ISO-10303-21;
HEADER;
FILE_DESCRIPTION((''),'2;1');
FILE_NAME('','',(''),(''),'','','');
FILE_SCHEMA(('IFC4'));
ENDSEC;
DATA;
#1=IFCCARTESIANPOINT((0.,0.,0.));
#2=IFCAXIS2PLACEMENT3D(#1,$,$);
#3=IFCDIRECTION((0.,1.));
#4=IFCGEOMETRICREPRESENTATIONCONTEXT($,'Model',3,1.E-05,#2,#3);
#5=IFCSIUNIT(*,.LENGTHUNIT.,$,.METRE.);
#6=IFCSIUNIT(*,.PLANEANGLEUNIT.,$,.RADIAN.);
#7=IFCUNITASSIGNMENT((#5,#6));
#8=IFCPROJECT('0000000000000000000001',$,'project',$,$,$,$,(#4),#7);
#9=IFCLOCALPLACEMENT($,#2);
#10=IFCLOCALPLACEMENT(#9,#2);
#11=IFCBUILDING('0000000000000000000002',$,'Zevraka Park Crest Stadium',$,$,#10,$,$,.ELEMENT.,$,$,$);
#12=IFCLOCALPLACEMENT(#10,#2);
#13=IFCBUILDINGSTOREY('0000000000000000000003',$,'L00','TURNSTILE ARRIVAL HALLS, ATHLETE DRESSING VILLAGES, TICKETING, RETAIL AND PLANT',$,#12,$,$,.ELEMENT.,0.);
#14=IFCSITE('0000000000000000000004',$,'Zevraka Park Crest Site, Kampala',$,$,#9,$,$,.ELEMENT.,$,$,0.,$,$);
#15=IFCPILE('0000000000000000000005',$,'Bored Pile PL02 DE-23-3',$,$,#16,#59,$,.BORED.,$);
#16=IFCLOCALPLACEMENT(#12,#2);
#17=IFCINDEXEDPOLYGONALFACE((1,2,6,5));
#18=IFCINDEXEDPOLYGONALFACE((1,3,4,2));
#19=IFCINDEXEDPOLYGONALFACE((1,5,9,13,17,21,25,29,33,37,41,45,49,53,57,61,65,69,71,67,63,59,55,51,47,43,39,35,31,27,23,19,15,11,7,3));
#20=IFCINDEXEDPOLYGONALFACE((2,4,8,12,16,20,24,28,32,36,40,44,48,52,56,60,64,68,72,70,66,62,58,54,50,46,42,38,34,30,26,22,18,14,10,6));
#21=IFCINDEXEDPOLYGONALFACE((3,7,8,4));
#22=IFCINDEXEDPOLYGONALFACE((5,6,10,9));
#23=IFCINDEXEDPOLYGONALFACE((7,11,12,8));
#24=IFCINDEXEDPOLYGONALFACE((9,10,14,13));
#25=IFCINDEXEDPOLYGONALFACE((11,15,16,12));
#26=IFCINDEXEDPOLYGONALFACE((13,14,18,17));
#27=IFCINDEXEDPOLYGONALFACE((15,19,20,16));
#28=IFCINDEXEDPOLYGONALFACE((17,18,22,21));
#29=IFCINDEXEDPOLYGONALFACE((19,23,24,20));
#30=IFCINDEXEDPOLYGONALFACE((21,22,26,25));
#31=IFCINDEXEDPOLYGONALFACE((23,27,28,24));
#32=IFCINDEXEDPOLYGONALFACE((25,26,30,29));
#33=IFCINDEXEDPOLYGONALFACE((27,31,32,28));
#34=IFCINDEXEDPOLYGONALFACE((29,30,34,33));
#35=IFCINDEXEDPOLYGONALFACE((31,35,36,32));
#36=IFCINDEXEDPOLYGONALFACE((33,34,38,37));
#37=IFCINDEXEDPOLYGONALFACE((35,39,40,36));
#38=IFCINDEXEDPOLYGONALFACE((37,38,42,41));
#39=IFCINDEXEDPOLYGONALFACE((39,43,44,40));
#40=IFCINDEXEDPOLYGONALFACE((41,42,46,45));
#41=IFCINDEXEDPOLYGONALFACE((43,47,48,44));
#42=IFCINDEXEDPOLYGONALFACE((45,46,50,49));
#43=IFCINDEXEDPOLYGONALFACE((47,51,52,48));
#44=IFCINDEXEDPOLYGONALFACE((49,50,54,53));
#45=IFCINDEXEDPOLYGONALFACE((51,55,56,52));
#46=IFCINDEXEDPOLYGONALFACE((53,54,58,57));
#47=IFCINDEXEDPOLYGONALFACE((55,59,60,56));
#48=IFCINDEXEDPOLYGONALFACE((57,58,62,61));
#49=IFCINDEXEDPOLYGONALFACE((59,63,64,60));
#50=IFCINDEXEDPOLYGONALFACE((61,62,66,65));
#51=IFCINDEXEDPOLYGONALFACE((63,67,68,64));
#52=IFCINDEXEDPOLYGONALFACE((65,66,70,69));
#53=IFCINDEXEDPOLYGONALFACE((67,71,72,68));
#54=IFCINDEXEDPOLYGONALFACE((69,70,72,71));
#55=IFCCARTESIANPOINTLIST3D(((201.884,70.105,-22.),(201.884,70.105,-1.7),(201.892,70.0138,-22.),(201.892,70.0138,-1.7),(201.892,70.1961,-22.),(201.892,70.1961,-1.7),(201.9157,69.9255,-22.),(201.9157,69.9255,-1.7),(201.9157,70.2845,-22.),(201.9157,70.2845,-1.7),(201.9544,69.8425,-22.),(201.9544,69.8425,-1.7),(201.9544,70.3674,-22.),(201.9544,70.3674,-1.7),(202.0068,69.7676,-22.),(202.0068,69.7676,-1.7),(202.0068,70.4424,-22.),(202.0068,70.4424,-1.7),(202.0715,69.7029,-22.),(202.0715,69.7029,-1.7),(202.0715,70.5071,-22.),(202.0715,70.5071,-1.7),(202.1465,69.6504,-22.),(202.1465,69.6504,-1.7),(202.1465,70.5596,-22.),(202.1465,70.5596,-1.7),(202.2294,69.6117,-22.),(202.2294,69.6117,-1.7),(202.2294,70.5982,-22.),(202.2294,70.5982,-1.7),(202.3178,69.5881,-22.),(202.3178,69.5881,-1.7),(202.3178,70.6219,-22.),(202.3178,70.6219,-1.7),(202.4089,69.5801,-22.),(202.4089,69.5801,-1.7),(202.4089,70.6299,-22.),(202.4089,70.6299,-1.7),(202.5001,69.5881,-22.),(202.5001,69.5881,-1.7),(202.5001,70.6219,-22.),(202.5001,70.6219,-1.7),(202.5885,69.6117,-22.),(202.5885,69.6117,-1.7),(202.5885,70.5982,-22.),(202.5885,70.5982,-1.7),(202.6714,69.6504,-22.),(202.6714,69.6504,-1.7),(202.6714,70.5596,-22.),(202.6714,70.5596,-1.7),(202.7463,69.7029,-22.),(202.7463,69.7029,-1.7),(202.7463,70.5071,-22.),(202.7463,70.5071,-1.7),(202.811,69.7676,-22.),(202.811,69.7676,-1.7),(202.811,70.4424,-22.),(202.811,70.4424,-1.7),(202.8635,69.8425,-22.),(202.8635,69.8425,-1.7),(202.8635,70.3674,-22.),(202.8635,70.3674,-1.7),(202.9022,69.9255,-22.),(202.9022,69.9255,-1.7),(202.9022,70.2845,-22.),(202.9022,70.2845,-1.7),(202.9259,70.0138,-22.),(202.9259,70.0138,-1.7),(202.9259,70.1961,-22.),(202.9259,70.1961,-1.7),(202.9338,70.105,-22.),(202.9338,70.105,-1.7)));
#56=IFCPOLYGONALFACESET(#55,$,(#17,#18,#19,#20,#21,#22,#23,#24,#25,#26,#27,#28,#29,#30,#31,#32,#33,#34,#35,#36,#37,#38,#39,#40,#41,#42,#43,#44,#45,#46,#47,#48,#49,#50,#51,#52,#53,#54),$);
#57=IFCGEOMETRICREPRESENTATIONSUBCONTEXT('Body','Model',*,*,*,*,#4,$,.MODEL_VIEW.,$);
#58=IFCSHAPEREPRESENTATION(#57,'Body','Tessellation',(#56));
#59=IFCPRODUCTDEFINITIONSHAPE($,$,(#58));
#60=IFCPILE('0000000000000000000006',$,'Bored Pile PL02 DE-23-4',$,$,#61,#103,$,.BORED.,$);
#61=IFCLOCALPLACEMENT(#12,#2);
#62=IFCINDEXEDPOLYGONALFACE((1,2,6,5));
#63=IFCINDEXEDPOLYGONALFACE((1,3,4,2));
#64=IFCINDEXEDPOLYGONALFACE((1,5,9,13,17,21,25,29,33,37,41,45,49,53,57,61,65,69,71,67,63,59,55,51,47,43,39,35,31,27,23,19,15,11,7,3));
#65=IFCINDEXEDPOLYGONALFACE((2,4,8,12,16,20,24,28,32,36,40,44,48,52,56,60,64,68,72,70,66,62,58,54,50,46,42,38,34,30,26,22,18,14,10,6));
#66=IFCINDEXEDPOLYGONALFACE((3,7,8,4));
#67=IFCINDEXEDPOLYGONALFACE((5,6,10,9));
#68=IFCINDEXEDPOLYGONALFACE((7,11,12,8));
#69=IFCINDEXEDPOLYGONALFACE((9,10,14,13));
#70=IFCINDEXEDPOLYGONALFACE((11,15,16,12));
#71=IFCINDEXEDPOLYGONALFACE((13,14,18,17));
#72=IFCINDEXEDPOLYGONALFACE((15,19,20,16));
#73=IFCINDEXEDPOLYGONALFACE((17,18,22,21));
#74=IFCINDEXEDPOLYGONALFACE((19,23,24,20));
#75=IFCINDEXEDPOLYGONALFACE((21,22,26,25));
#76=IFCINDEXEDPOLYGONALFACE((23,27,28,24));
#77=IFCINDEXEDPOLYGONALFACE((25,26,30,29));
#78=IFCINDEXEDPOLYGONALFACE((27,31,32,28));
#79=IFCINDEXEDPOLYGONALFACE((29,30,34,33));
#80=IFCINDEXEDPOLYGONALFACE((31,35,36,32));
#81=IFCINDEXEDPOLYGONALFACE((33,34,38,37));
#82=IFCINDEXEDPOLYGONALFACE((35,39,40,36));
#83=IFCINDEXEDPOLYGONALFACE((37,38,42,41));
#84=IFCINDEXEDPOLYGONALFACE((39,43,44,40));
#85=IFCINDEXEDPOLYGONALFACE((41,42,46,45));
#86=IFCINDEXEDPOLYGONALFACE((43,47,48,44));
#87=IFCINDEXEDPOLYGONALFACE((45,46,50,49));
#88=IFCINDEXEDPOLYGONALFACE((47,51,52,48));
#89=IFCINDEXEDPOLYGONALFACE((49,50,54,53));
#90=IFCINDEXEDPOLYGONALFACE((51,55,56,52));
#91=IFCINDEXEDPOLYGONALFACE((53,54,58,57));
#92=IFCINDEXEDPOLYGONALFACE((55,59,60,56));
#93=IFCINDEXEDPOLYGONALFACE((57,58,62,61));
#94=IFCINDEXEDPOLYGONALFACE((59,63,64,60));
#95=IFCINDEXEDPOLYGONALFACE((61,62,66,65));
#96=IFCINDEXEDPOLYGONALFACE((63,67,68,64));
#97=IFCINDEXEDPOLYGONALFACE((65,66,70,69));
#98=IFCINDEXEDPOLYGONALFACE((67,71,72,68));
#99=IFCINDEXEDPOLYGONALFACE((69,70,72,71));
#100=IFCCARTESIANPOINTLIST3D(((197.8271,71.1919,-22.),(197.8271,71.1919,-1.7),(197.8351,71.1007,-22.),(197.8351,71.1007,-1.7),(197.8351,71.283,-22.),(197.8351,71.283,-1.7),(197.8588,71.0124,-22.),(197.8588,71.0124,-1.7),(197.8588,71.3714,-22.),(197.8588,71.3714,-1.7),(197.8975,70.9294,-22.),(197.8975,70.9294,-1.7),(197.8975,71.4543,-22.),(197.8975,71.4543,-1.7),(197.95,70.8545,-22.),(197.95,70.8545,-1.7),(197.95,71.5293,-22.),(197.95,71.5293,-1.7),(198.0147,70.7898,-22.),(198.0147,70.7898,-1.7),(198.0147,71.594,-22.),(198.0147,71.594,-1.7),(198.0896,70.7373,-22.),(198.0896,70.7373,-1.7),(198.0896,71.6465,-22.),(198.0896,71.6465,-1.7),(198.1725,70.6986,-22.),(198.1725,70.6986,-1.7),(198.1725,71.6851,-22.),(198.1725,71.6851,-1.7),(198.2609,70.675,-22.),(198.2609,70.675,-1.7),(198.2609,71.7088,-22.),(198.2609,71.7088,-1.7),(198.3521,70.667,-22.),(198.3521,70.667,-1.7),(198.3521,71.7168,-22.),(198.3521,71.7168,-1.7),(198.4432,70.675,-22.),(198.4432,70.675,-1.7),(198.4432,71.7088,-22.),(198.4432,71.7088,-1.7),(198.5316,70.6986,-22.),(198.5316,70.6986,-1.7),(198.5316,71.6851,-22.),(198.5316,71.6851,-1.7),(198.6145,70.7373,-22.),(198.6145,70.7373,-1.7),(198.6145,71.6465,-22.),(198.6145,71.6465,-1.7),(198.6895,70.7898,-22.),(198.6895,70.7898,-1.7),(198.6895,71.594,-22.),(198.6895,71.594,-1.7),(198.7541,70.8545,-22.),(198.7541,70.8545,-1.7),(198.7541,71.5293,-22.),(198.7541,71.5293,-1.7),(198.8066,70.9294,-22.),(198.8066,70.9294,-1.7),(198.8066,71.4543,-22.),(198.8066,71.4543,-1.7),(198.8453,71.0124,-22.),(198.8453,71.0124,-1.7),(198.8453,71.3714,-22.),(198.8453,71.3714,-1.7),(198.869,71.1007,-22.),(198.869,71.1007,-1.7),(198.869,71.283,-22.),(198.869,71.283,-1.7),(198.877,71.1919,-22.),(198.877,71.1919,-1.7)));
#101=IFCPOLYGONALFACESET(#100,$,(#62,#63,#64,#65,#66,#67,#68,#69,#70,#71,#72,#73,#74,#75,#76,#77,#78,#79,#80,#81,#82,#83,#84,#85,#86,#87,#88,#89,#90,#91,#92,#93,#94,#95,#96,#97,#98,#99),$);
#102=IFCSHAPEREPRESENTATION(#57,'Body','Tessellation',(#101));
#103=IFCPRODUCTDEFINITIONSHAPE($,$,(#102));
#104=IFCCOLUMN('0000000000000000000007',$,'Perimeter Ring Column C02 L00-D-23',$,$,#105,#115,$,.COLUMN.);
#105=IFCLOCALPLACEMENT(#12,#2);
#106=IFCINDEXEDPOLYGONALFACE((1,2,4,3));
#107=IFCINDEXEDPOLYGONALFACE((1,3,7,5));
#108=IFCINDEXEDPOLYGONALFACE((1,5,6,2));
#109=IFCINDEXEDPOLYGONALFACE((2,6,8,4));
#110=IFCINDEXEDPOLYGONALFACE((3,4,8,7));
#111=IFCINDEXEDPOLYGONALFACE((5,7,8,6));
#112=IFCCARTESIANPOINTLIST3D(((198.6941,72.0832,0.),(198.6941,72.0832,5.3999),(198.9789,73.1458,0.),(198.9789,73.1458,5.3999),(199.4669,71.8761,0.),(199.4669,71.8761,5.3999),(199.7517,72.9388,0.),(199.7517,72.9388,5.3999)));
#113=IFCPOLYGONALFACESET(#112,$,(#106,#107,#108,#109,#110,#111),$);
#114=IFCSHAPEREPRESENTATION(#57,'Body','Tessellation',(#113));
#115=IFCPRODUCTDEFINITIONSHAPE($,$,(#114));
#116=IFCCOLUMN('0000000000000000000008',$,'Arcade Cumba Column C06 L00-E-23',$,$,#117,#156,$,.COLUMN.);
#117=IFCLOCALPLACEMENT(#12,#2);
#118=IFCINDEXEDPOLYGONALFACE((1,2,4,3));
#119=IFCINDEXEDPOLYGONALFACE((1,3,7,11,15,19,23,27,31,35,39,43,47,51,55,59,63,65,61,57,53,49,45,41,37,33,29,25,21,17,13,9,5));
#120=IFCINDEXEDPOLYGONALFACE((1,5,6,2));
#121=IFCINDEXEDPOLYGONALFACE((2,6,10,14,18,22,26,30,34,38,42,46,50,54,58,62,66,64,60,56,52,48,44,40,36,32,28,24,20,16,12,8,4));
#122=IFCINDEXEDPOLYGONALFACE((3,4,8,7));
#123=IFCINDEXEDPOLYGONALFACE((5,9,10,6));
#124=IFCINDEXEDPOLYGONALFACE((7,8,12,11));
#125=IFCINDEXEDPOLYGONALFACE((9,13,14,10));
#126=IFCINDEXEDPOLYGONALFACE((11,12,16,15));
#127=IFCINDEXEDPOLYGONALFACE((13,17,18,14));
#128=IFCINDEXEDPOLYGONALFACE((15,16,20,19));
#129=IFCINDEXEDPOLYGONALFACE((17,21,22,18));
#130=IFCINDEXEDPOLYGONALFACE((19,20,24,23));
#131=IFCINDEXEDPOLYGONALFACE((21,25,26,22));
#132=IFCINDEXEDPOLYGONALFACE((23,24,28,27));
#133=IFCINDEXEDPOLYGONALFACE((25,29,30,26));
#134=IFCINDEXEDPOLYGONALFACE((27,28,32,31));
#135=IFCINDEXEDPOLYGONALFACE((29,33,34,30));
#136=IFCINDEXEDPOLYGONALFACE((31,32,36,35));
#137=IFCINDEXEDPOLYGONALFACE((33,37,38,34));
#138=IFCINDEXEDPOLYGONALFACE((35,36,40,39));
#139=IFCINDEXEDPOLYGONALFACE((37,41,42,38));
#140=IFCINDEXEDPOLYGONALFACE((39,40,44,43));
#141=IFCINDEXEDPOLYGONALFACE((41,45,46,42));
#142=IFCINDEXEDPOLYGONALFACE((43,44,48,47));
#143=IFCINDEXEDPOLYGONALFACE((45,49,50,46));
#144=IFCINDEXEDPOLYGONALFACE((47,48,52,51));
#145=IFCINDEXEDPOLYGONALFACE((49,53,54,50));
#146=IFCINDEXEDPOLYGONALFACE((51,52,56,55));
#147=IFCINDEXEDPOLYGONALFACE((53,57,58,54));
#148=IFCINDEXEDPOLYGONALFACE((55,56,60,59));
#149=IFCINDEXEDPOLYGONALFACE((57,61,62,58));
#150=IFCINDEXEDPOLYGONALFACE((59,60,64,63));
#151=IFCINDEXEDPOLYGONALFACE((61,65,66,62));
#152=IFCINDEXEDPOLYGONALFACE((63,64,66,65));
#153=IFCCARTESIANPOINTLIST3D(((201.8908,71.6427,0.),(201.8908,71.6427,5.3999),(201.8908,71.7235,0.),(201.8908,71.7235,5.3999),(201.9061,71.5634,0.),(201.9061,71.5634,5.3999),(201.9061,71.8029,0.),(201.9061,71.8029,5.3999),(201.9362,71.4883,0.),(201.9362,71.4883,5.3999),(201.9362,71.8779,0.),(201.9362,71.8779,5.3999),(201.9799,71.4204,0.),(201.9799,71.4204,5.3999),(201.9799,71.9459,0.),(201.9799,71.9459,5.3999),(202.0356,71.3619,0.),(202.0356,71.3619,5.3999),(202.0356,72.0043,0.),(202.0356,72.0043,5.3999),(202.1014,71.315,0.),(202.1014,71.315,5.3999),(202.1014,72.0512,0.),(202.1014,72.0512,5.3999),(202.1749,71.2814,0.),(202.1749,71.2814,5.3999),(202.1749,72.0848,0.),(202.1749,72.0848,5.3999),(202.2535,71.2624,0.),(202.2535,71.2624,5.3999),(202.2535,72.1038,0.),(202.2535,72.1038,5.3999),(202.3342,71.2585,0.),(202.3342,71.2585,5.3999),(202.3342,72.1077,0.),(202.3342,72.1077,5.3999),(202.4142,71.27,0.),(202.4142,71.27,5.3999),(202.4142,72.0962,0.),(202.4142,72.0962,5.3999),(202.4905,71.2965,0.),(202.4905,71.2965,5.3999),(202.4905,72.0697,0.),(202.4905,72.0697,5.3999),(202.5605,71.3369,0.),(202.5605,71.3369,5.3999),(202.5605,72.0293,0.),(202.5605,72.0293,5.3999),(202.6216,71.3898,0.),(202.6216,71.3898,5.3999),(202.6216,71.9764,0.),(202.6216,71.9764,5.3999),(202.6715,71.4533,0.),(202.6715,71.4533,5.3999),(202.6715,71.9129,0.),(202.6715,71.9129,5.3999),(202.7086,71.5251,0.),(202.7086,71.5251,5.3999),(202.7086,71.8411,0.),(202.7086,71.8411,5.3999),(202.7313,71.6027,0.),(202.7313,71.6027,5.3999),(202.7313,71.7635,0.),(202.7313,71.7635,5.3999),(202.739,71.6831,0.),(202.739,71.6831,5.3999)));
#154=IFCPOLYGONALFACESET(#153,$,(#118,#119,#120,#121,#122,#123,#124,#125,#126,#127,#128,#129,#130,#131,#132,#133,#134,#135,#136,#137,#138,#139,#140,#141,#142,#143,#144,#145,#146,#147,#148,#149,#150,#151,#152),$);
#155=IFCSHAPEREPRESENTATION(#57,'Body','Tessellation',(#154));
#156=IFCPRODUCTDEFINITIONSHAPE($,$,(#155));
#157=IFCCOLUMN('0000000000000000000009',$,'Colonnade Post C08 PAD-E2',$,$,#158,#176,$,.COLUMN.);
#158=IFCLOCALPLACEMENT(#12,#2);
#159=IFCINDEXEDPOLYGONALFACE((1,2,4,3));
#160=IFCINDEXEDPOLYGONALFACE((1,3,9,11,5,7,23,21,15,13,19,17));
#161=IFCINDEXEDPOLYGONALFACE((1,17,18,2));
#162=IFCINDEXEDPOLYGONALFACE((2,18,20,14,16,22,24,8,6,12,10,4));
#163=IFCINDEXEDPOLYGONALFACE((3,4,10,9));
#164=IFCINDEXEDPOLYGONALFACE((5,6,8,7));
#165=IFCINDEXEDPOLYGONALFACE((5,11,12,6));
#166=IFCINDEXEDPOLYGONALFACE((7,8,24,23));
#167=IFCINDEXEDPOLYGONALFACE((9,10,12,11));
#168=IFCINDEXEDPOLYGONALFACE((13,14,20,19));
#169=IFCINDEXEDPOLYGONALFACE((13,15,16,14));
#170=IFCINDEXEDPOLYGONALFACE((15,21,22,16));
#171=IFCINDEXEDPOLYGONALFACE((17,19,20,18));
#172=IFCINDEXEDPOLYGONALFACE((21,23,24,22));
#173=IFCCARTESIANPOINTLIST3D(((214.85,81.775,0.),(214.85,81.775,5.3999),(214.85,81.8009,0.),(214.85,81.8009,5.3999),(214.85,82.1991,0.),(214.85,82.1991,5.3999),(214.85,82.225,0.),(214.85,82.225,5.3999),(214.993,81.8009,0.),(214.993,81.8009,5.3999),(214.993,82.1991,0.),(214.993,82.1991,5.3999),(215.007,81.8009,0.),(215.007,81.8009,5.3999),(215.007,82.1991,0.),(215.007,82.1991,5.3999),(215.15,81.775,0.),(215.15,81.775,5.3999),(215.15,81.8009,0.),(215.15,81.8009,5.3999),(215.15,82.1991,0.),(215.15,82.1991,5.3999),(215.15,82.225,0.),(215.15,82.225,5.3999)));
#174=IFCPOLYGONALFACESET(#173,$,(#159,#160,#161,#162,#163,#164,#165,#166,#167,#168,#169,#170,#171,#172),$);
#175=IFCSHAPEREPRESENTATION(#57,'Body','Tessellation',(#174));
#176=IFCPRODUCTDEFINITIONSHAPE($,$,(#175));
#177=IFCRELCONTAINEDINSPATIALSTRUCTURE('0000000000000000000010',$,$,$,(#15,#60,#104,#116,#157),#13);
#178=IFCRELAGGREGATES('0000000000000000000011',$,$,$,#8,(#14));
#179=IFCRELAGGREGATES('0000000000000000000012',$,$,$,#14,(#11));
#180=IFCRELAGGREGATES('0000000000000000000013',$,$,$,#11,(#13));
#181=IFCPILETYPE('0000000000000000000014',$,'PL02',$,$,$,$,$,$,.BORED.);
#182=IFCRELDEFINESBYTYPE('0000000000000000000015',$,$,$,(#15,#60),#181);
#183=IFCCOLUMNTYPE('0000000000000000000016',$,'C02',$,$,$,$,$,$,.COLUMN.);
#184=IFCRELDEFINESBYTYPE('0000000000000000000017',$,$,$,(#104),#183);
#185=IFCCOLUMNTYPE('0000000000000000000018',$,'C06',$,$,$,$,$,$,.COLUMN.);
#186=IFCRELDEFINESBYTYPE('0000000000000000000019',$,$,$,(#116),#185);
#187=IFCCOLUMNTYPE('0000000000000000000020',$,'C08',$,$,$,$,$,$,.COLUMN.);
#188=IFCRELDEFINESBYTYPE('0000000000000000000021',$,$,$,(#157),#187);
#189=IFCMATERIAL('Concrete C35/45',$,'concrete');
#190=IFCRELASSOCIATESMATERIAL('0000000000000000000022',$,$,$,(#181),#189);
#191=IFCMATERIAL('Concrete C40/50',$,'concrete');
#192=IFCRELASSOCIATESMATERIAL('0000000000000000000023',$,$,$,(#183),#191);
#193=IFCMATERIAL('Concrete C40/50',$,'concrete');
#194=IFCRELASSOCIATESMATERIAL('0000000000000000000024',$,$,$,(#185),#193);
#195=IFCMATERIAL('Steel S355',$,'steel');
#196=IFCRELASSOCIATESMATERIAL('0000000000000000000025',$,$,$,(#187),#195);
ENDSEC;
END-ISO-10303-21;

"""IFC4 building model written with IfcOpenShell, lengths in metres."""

from ifc_helpers import new_model, si_unit, direction, frame, origin, origin_2d, place, context, subcontext, project, spatial, rectangle, circle, i_section, extrude, material, material_profile, profile_set, type_object, element, save


model = new_model("IFC4")

# Units and contexts
model_context = context("Model", 3, precision=1e-05, world=origin(), true_north=direction((0.0, 1.0)))
body_context = subcontext(model_context, "Body", "Model", "MODEL_VIEW")
ifc_project = project(units=[si_unit("LENGTHUNIT", "METRE"), si_unit("PLANEANGLEUNIT", "RADIAN")], contexts=[model_context])

# Site, building, storey
site_placement = place(None, origin())
site = spatial("IfcSite", under=ifc_project, at=site_placement, Name="Zevraka Park Crest Site, Kampala", CompositionType="ELEMENT", RefElevation=0.0)
building_placement = place(site_placement, origin())
building = spatial("IfcBuilding", under=site, at=building_placement, Name="Zevraka Park Crest Stadium", CompositionType="ELEMENT")
storey_placement = place(building_placement, origin())
storey = spatial("IfcBuildingStorey", under=building, at=storey_placement, Name="L00", Description="TURNSTILE ARRIVAL HALLS, ATHLETE DRESSING VILLAGES, TICKETING, RETAIL AND PLANT", CompositionType="ELEMENT", Elevation=0.0)

# Piles
ifc_material_1 = material(Name="Concrete C35/45", Category="concrete")
ifc_material_profile_1 = material_profile(ifc_material_1, circle(Radius=0.5249, at=origin_2d()), Name="PILE D1050")
ifc_profile_set_1 = profile_set([ifc_material_profile_1], Name="Concrete C35/45")
pile_type = type_object("IfcPileType", Name="PL02", PredefinedType="BORED", material=ifc_profile_set_1)
for number, where, z_axis, x_axis, name in (
    (1, (202.4089, 70.105, -1.7), (0.0, 0.0, -1.0), (1.0, 0.0, 0.0), "Bored Pile PL02 DE-23-3"),
    (2, (198.3521, 71.1919, -1.7), (0.0, 0.0, -1.0), (1.0, 0.0, 0.0), "Bored Pile PL02 DE-23-4"),
):
    element("IfcPile", number, at=place(storey_placement, frame(where, z_axis=z_axis, x_axis=x_axis)), inside=storey, type_object=pile_type, Name=name, PredefinedType="BORED", context=body_context, shape_type="SweptSolid", body=[
        extrude(circle(Radius=0.5249, at=origin_2d()), origin(), (0.0, 0.0, 1.0), 20.3),
    ])

# Columns
ifc_material_2 = material(Name="Concrete C40/50", Category="concrete")
ifc_material_profile_2 = material_profile(ifc_material_2, rectangle(XDim=0.8, YDim=1.1001, at=origin_2d()), Name="RC 1100x800")
ifc_profile_set_2 = profile_set([ifc_material_profile_2], Name="Concrete C40/50")
column_type_1 = type_object("IfcColumnType", Name="C02", PredefinedType="COLUMN", material=ifc_profile_set_2)
column_1_placement = place(storey_placement, frame((199.2229, 72.511, 0.0), z_axis=(0.0, 0.0, 1.0), x_axis=(-0.965926, 0.258819, 0.0)))
element("IfcColumn", 3, at=column_1_placement, inside=storey, type_object=column_type_1, Name="Perimeter Ring Column C02 L00-D-23", PredefinedType="COLUMN", context=body_context, shape_type="SweptSolid", body=[
    extrude(rectangle(XDim=0.8, YDim=1.1001, at=origin_2d()), origin(), (0.0, 0.0, 1.0), 5.3999),
])
ifc_material_3 = material(Name="Concrete C40/50", Category="concrete")
ifc_material_profile_3 = material_profile(ifc_material_3, circle(Radius=0.425, at=origin_2d()), Name="RC D850")
ifc_profile_set_3 = profile_set([ifc_material_profile_3], Name="Concrete C40/50")
column_type_2 = type_object("IfcColumnType", Name="C06", PredefinedType="COLUMN", material=ifc_profile_set_3)
column_2_placement = place(storey_placement, frame((202.314, 71.6831, 0.0), z_axis=(0.0, 0.0, 1.0), x_axis=(1.0, 0.0, 0.0)))
element("IfcColumn", 4, at=column_2_placement, inside=storey, type_object=column_type_2, Name="Arcade Cumba Column C06 L00-E-23", PredefinedType="COLUMN", context=body_context, shape_type="SweptSolid", body=[
    extrude(circle(Radius=0.425, at=origin_2d()), origin(), (0.0, 0.0, 1.0), 5.3999),
])
ifc_material_4 = material(Name="Steel S355", Category="steel")
ifc_material_profile_4 = material_profile(ifc_material_4, i_section(OverallWidth=0.3, OverallDepth=0.45, WebThickness=0.0139, FlangeThickness=0.0259, at=origin_2d()), Name="HEB 450")
ifc_profile_set_4 = profile_set([ifc_material_profile_4], Name="Steel S355")
column_type_3 = type_object("IfcColumnType", Name="C08", PredefinedType="COLUMN", material=ifc_profile_set_4)
column_3_placement = place(storey_placement, frame((215.0, 82.0, 0.0), z_axis=(0.0, 0.0, 1.0), x_axis=(1.0, 0.0, 0.0)))
element("IfcColumn", 5, at=column_3_placement, inside=storey, type_object=column_type_3, Name="Colonnade Post C08 PAD-E2", PredefinedType="COLUMN", context=body_context, shape_type="SweptSolid", body=[
    extrude(i_section(OverallWidth=0.3, OverallDepth=0.45, WebThickness=0.0139, FlangeThickness=0.0259, at=origin_2d()), origin(), (0.0, 0.0, 1.0), 5.3999),
])

save(model, "model.ifc")
